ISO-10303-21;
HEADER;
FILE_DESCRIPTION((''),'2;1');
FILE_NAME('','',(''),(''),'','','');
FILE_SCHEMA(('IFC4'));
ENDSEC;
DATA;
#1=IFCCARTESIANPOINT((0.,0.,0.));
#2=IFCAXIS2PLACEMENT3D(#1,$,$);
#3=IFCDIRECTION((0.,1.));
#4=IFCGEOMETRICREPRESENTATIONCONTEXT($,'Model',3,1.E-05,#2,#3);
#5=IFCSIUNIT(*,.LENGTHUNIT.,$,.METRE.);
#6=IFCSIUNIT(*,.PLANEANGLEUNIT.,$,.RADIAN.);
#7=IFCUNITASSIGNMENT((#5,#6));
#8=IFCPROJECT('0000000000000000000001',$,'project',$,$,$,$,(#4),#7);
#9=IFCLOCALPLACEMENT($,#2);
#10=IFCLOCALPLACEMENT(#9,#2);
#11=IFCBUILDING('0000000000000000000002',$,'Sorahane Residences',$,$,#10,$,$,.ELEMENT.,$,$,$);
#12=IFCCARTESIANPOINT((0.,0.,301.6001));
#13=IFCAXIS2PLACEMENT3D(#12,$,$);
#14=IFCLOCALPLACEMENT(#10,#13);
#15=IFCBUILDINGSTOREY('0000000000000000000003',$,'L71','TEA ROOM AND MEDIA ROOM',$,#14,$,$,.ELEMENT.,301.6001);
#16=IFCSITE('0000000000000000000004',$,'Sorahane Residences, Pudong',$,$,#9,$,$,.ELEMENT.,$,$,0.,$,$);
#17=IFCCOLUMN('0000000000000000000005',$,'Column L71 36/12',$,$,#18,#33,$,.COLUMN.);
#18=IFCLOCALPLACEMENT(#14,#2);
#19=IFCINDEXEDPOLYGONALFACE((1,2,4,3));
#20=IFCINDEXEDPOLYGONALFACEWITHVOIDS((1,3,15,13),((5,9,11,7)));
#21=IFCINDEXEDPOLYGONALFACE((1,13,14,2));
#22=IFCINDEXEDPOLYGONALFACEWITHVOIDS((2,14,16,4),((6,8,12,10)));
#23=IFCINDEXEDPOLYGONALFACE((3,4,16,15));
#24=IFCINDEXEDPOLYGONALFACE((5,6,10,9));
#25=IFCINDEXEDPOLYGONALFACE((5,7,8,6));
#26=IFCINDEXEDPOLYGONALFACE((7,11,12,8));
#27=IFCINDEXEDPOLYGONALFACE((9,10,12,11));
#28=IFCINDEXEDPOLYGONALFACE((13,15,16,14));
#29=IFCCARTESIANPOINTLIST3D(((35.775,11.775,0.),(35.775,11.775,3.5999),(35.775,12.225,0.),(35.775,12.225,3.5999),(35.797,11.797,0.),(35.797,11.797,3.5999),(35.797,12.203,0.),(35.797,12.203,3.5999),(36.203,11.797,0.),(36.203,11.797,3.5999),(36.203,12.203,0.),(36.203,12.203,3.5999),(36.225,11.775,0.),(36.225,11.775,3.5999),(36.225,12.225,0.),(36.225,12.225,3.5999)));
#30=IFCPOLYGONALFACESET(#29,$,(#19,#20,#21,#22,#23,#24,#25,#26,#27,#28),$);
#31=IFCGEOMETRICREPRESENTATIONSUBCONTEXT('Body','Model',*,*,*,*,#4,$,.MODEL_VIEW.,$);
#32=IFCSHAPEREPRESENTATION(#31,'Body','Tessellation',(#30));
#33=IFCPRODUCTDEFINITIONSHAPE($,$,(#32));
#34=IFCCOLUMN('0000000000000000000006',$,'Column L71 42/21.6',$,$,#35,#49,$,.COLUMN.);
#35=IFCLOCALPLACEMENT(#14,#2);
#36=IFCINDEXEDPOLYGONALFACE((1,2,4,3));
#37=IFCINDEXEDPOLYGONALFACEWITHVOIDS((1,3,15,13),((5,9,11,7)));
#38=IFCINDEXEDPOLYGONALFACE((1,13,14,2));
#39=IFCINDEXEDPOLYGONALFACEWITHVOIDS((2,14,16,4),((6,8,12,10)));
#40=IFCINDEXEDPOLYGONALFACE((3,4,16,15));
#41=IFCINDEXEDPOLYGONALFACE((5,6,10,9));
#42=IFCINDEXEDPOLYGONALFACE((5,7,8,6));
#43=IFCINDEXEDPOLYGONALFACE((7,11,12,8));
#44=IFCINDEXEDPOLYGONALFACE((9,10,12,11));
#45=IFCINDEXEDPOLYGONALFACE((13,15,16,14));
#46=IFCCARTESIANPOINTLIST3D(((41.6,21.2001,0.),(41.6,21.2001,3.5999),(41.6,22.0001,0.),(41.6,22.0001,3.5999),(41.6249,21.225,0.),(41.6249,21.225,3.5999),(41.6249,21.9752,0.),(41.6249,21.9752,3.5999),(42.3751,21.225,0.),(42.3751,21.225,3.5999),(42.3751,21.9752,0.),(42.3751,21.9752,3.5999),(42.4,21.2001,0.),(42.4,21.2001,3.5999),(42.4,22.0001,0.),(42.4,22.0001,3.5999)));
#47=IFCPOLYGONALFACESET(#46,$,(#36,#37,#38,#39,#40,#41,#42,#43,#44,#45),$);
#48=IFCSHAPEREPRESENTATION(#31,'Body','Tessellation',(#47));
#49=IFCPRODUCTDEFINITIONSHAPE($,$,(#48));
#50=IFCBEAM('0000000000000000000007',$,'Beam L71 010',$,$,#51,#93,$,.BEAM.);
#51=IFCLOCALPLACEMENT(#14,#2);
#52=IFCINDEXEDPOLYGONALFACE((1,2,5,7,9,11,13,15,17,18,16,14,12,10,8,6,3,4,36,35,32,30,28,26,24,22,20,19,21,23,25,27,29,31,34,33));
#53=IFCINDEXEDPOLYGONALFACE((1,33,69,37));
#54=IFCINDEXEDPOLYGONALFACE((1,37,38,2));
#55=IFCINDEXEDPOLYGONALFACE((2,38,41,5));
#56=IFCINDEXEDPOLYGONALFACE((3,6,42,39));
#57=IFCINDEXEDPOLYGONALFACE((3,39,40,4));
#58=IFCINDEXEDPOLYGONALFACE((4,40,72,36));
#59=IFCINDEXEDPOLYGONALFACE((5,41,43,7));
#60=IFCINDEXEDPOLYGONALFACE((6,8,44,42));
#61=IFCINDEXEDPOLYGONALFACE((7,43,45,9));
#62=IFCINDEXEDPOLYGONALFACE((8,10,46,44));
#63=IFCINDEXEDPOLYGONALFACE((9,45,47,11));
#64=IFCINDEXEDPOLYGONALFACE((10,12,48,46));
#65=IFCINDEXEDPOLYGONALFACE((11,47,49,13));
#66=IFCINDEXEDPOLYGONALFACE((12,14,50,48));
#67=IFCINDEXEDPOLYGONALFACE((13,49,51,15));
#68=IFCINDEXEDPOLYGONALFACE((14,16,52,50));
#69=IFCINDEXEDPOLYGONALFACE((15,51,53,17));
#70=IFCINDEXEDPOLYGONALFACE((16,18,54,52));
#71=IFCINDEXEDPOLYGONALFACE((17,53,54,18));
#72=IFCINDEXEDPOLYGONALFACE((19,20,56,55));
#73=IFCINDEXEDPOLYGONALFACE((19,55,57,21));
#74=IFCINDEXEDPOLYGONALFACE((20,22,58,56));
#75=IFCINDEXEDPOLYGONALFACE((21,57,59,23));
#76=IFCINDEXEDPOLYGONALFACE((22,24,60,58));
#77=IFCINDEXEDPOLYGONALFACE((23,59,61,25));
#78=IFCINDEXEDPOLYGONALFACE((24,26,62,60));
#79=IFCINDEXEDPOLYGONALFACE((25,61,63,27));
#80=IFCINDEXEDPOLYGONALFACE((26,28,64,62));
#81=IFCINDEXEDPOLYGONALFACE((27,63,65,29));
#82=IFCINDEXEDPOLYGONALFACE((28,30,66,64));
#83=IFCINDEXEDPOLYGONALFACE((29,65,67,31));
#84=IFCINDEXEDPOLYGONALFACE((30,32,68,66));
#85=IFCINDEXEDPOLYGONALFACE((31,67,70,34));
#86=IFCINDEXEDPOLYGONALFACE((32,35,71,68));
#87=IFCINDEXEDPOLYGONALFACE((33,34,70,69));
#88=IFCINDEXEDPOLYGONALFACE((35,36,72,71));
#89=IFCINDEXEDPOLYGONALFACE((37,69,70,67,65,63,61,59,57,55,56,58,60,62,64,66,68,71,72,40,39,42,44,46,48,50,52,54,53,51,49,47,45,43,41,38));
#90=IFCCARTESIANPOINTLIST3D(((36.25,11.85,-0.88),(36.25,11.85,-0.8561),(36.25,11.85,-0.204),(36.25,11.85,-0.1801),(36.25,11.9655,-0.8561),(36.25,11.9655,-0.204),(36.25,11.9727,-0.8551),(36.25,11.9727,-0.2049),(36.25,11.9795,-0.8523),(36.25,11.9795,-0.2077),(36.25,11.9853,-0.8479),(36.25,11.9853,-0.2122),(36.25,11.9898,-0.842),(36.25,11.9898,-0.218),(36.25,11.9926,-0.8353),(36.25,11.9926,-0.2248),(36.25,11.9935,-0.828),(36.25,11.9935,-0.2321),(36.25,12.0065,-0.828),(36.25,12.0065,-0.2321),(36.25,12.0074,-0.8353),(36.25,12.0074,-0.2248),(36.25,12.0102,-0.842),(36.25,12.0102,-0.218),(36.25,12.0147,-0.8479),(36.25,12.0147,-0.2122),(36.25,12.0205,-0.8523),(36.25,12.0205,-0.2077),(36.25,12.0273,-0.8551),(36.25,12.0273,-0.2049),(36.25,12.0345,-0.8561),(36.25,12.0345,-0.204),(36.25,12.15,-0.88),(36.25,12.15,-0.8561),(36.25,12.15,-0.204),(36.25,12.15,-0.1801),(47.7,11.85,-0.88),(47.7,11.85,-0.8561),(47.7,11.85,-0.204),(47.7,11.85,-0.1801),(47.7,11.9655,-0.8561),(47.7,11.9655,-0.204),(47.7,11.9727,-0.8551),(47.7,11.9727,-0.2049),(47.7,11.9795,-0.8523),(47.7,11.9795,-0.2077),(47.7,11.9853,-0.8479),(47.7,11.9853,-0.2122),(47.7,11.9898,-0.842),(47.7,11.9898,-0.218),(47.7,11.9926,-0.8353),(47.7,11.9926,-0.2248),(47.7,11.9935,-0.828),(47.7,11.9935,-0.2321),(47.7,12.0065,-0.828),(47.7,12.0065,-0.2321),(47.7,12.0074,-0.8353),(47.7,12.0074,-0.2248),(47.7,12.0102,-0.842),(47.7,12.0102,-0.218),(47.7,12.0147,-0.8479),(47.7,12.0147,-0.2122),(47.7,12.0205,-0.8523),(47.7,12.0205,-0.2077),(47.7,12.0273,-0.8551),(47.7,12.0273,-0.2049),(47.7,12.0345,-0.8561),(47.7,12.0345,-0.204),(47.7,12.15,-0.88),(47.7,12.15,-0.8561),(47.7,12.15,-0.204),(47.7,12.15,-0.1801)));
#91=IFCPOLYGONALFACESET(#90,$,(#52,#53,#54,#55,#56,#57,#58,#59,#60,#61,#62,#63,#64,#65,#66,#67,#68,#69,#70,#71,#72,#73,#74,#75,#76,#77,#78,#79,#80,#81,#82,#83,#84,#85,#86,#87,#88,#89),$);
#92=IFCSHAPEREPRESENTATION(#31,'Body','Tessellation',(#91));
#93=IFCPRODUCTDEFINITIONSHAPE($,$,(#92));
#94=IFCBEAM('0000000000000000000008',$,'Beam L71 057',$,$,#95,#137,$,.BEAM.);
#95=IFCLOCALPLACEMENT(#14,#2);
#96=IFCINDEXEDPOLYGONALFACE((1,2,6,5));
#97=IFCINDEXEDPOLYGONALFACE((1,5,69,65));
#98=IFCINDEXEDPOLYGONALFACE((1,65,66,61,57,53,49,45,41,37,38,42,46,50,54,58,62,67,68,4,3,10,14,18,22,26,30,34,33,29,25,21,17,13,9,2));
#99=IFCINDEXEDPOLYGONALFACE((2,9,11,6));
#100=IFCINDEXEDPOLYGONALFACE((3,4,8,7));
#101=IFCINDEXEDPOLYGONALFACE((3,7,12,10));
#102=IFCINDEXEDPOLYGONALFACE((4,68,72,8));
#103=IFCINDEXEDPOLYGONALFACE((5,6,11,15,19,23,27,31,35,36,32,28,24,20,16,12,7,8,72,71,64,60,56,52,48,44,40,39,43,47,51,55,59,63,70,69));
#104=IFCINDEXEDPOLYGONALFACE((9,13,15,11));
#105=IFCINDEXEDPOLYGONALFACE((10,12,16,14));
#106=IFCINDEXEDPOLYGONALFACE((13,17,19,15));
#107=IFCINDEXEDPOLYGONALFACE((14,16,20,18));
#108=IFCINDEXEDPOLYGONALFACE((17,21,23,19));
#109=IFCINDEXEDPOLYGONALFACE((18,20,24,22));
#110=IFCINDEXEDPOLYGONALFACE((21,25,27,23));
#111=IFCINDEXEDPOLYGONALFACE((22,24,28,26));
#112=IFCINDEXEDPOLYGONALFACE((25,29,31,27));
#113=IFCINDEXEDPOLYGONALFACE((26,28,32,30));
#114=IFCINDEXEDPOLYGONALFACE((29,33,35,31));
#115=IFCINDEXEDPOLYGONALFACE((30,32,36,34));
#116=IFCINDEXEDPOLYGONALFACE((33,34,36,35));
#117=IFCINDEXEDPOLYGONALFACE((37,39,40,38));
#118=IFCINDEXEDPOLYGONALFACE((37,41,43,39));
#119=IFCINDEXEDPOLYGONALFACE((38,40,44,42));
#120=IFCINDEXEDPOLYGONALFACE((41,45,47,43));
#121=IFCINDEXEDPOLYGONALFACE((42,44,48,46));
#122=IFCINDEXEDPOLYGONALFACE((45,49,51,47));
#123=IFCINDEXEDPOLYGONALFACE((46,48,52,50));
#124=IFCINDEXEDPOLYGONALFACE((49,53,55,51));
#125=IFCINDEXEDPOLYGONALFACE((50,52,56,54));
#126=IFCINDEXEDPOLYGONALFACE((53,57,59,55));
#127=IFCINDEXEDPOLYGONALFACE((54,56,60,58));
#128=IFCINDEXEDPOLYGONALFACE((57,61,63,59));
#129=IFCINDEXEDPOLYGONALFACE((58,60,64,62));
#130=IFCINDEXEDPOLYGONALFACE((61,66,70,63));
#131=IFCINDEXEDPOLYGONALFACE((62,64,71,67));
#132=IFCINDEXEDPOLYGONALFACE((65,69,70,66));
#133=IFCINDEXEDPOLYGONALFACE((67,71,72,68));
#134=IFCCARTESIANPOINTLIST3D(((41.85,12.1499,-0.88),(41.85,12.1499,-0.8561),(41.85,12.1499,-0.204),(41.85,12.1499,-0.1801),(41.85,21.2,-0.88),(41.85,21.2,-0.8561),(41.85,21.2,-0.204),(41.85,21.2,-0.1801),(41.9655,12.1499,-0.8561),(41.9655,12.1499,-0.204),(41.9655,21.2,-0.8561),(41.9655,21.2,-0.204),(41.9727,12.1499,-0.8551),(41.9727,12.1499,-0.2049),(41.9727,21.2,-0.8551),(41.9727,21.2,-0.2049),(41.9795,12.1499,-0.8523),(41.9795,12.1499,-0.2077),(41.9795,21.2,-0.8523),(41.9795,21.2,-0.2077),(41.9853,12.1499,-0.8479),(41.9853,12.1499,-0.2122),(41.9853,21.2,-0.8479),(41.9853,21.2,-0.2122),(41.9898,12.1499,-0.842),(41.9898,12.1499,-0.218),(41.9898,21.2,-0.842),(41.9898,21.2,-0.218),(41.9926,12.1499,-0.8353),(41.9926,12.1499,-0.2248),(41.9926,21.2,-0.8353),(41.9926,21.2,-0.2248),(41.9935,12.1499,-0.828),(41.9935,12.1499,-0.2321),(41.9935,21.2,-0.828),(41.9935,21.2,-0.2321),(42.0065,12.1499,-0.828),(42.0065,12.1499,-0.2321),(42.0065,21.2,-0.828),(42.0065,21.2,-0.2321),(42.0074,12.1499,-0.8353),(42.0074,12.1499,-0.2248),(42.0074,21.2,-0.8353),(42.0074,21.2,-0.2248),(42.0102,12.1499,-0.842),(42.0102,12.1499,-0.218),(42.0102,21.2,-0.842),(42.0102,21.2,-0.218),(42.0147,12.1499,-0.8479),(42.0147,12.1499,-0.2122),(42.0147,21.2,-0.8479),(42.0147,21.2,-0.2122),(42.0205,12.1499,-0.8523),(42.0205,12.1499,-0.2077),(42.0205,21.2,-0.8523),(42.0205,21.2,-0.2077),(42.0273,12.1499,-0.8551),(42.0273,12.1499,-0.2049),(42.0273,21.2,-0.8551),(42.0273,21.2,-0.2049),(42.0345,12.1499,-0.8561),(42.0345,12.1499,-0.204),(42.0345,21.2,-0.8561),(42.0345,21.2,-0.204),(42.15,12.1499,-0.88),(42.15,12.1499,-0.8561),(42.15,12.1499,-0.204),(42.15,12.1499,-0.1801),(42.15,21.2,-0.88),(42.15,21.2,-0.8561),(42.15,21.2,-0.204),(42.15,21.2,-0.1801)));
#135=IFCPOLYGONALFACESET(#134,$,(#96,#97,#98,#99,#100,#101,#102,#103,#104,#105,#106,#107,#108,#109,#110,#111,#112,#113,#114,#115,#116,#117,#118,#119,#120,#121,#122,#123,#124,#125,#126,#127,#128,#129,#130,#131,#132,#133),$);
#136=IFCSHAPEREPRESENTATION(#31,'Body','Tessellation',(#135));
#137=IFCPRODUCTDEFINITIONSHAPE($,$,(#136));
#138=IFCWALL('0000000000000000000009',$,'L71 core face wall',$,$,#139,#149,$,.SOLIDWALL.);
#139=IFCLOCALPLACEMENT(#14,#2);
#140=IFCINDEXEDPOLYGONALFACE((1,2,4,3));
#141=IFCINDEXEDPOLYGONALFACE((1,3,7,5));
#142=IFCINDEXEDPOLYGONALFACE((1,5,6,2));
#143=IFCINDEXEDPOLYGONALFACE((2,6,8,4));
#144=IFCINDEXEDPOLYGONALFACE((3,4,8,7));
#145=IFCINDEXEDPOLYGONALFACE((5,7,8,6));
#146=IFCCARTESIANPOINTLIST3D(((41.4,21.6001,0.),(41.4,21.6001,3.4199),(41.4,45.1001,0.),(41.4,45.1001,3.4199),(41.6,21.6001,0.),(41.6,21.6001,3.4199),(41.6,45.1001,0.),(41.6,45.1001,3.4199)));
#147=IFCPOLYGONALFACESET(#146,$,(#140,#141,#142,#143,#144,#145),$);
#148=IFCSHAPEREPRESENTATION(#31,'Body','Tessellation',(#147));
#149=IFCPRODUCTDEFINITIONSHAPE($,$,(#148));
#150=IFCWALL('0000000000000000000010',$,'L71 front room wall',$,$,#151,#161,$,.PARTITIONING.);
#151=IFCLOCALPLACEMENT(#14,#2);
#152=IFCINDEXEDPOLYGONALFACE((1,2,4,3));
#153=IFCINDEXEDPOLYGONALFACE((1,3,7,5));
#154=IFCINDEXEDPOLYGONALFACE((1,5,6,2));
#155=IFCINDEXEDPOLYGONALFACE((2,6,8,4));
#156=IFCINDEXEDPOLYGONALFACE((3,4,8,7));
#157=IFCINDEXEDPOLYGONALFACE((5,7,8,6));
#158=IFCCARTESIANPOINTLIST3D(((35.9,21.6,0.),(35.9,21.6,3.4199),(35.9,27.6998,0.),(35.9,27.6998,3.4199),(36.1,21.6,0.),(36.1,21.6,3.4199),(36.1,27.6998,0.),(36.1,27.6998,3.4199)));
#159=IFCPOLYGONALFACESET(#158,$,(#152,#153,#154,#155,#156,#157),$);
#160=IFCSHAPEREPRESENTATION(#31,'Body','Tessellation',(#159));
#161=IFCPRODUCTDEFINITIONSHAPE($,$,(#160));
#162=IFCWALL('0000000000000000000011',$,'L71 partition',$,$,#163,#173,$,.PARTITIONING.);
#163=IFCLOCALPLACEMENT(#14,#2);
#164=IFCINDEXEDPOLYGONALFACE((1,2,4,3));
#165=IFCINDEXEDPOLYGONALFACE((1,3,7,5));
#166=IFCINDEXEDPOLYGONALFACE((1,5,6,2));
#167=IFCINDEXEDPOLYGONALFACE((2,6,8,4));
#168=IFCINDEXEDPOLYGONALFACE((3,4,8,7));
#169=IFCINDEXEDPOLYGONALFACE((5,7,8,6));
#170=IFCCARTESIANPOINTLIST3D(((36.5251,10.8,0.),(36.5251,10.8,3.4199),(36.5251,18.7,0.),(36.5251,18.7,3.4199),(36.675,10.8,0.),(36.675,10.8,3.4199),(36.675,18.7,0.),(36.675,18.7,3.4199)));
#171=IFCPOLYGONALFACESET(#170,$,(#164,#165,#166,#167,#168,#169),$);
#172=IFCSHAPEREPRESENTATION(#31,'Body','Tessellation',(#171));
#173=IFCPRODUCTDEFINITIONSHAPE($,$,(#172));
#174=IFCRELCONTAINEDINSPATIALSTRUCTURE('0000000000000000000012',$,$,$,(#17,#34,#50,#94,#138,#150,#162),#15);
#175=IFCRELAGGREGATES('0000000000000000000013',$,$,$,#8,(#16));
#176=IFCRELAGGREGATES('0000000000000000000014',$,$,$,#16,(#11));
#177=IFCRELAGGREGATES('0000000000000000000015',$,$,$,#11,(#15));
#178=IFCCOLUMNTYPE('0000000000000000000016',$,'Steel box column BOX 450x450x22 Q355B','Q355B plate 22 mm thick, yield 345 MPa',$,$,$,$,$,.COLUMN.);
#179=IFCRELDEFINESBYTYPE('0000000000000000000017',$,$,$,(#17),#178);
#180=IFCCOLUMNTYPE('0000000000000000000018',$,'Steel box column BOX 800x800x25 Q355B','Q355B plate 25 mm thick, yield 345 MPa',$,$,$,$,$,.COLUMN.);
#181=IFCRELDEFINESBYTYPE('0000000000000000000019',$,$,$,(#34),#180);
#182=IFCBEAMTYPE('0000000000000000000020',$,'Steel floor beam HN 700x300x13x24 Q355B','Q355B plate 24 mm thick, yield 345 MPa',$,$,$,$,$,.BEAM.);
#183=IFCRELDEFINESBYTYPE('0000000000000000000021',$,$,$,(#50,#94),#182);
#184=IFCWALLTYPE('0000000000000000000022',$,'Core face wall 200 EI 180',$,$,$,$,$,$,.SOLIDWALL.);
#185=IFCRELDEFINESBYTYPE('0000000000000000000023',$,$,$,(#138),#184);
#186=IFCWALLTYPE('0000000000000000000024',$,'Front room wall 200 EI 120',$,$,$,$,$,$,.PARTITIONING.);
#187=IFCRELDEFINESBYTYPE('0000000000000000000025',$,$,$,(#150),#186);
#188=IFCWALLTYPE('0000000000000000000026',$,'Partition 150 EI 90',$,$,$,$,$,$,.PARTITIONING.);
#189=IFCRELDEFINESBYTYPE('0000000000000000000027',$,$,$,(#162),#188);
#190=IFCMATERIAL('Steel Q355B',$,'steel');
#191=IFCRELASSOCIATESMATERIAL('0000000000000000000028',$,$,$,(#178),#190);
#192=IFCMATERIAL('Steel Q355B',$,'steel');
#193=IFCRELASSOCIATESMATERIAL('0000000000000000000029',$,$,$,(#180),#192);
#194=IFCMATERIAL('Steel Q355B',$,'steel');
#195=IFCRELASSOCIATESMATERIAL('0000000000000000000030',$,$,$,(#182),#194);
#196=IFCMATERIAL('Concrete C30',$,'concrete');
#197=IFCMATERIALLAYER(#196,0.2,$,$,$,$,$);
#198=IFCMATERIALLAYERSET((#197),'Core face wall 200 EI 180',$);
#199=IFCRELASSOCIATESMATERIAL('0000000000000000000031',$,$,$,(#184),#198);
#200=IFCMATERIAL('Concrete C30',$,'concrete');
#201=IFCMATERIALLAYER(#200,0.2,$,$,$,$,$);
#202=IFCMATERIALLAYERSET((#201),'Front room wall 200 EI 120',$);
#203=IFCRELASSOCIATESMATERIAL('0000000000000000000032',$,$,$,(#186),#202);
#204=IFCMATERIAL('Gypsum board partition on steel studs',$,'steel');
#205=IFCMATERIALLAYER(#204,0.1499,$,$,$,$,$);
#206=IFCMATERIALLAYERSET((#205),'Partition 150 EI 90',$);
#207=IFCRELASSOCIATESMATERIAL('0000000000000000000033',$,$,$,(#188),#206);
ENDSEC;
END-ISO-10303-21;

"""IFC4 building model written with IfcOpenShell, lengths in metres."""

from ifc_helpers import new_model, si_unit, direction, frame, frame_2d, origin, origin_2d, place, context, subcontext, project, spatial, rectangle, hollow_rectangle, i_section, extrude, material, layer, layer_set, material_profile, profile_set, type_object, element, save


model = new_model("IFC4")

# Units and contexts
model_context = context("Model", 3, precision=1e-05, world=origin(), true_north=direction((0.0, 1.0)))
body_context = subcontext(model_context, "Body", "Model", "MODEL_VIEW")
ifc_project = project(units=[si_unit("LENGTHUNIT", "METRE"), si_unit("PLANEANGLEUNIT", "RADIAN")], contexts=[model_context])

# Site, building, storey
site_placement = place(None, origin())
site = spatial("IfcSite", under=ifc_project, at=site_placement, Name="Sorahane Residences, Pudong", CompositionType="ELEMENT", RefElevation=0.0)
building_placement = place(site_placement, origin())
building = spatial("IfcBuilding", under=site, at=building_placement, Name="Sorahane Residences", CompositionType="ELEMENT")
storey_placement = place(building_placement, frame((0.0, 0.0, 301.6001)))
storey = spatial("IfcBuildingStorey", under=building, at=storey_placement, Name="L71", Description="TEA ROOM AND MEDIA ROOM", CompositionType="ELEMENT", Elevation=301.6001)

# Columns
ifc_material_1 = material(Name="Steel Q355B", Category="steel")
ifc_material_profile_1 = material_profile(ifc_material_1, hollow_rectangle(XDim=0.45, YDim=0.45, WallThickness=0.022, at=origin_2d()), Name="BOX 450x450x22")
ifc_profile_set_1 = profile_set([ifc_material_profile_1], Name="Steel Q355B")
column_type_1 = type_object("IfcColumnType", Name="Steel box column BOX 450x450x22 Q355B", Description="Q355B plate 22 mm thick, yield 345 MPa", PredefinedType="COLUMN", material=ifc_profile_set_1)
column_1_placement = place(storey_placement, frame((36.0, 12.0, 0.0), z_axis=(0.0, 0.0, 1.0), x_axis=(1.0, 0.0, 0.0)))
element("IfcColumn", 1, at=column_1_placement, inside=storey, type_object=column_type_1, Name="Column L71 36/12", PredefinedType="COLUMN", context=body_context, shape_type="SweptSolid", body=[
    extrude(hollow_rectangle(XDim=0.45, YDim=0.45, WallThickness=0.022, at=origin_2d()), origin(), (0.0, 0.0, 1.0), 3.5999),
])
ifc_material_2 = material(Name="Steel Q355B", Category="steel")
ifc_material_profile_2 = material_profile(ifc_material_2, hollow_rectangle(XDim=0.8, YDim=0.8, WallThickness=0.0249, at=origin_2d()), Name="BOX 800x800x25")
ifc_profile_set_2 = profile_set([ifc_material_profile_2], Name="Steel Q355B")
column_type_2 = type_object("IfcColumnType", Name="Steel box column BOX 800x800x25 Q355B", Description="Q355B plate 25 mm thick, yield 345 MPa", PredefinedType="COLUMN", material=ifc_profile_set_2)
column_2_placement = place(storey_placement, frame((42.0, 21.6001, 0.0), z_axis=(0.0, 0.0, 1.0), x_axis=(1.0, 0.0, 0.0)))
element("IfcColumn", 2, at=column_2_placement, inside=storey, type_object=column_type_2, Name="Column L71 42/21.6", PredefinedType="COLUMN", context=body_context, shape_type="SweptSolid", body=[
    extrude(hollow_rectangle(XDim=0.8, YDim=0.8, WallThickness=0.0249, at=origin_2d()), origin(), (0.0, 0.0, 1.0), 3.5999),
])

# Beams
ifc_material_3 = material(Name="Steel Q355B", Category="steel")
ifc_material_profile_3 = material_profile(ifc_material_3, i_section(OverallWidth=0.3, OverallDepth=0.7, WebThickness=0.0129, FlangeThickness=0.0239, FilletRadius=0.0281, at=origin_2d()), Name="HN 700x300x13x24")
ifc_profile_set_3 = profile_set([ifc_material_profile_3], Name="Steel Q355B")
beam_type = type_object("IfcBeamType", Name="Steel floor beam HN 700x300x13x24 Q355B", Description="Q355B plate 24 mm thick, yield 345 MPa", PredefinedType="BEAM", material=ifc_profile_set_3)
beam_1_placement = place(storey_placement, frame((36.25, 12.0, -0.53), z_axis=(1.0, 0.0, 0.0), x_axis=(0.0, 1.0, 0.0)))
element("IfcBeam", 3, at=beam_1_placement, inside=storey, type_object=beam_type, Name="Beam L71 010", PredefinedType="BEAM", context=body_context, shape_type="SweptSolid", body=[
    extrude(i_section(OverallWidth=0.3, OverallDepth=0.7, WebThickness=0.0129, FlangeThickness=0.0239, FilletRadius=0.0281, at=origin_2d()), origin(), (0.0, 0.0, 1.0), 11.45),
])
beam_2_placement = place(storey_placement, frame((42.0, 12.1499, -0.53), z_axis=(0.0, 1.0, 0.0), x_axis=(-1.0, 0.0, 0.0)))
element("IfcBeam", 4, at=beam_2_placement, inside=storey, type_object=beam_type, Name="Beam L71 057", PredefinedType="BEAM", context=body_context, shape_type="SweptSolid", body=[
    extrude(i_section(OverallWidth=0.3, OverallDepth=0.7, WebThickness=0.0129, FlangeThickness=0.0239, FilletRadius=0.0281, at=origin_2d()), origin(), (0.0, 0.0, 1.0), 9.05),
])

# Walls
ifc_material_4 = material(Name="Concrete C30", Category="concrete")
ifc_layer_1 = layer(ifc_material_4, 0.2)
ifc_layer_set_1 = layer_set([ifc_layer_1], Name="Core face wall 200 EI 180")
wall_type_1 = type_object("IfcWallType", Name="Core face wall 200 EI 180", PredefinedType="SOLIDWALL", material=ifc_layer_set_1)
wall_1_placement = place(storey_placement, frame((41.5, 21.6001, 0.0), z_axis=(0.0, 0.0, 1.0), x_axis=(0.0, 1.0, 0.0)))
element("IfcWall", 5, at=wall_1_placement, inside=storey, type_object=wall_type_1, Name="L71 core face wall", PredefinedType="SOLIDWALL", context=body_context, shape_type="SweptSolid", body=[
    extrude(rectangle(XDim=23.5, YDim=0.2, at=frame_2d((11.75, 0.0))), origin(), (0.0, 0.0, 1.0), 3.4199),
])
ifc_material_5 = material(Name="Concrete C30", Category="concrete")
ifc_layer_2 = layer(ifc_material_5, 0.2)
ifc_layer_set_2 = layer_set([ifc_layer_2], Name="Front room wall 200 EI 120")
wall_type_2 = type_object("IfcWallType", Name="Front room wall 200 EI 120", PredefinedType="PARTITIONING", material=ifc_layer_set_2)
wall_2_placement = place(storey_placement, frame((36.0, 21.6001, 0.0), z_axis=(0.0, 0.0, 1.0), x_axis=(0.0, 1.0, 0.0)))
element("IfcWall", 6, at=wall_2_placement, inside=storey, type_object=wall_type_2, Name="L71 front room wall", PredefinedType="PARTITIONING", context=body_context, shape_type="SweptSolid", body=[
    extrude(rectangle(XDim=6.0999, YDim=0.2, at=frame_2d((3.0498, 0.0))), origin(), (0.0, 0.0, 1.0), 3.4199),
])
ifc_material_6 = material(Name="Gypsum board partition on steel studs", Category="steel")
ifc_layer_3 = layer(ifc_material_6, 0.1499)
ifc_layer_set_3 = layer_set([ifc_layer_3], Name="Partition 150 EI 90")
wall_type_3 = type_object("IfcWallType", Name="Partition 150 EI 90", PredefinedType="PARTITIONING", material=ifc_layer_set_3)
wall_3_placement = place(storey_placement, frame((36.6001, 10.8, 0.0), z_axis=(0.0, 0.0, 1.0), x_axis=(0.0, 1.0, 0.0)))
element("IfcWall", 7, at=wall_3_placement, inside=storey, type_object=wall_type_3, Name="L71 partition", PredefinedType="PARTITIONING", context=body_context, shape_type="SweptSolid", body=[
    extrude(rectangle(XDim=7.8999, YDim=0.1499, at=frame_2d((3.95, 0.0))), origin(), (0.0, 0.0, 1.0), 3.4199),
])

save(model, "model.ifc")
